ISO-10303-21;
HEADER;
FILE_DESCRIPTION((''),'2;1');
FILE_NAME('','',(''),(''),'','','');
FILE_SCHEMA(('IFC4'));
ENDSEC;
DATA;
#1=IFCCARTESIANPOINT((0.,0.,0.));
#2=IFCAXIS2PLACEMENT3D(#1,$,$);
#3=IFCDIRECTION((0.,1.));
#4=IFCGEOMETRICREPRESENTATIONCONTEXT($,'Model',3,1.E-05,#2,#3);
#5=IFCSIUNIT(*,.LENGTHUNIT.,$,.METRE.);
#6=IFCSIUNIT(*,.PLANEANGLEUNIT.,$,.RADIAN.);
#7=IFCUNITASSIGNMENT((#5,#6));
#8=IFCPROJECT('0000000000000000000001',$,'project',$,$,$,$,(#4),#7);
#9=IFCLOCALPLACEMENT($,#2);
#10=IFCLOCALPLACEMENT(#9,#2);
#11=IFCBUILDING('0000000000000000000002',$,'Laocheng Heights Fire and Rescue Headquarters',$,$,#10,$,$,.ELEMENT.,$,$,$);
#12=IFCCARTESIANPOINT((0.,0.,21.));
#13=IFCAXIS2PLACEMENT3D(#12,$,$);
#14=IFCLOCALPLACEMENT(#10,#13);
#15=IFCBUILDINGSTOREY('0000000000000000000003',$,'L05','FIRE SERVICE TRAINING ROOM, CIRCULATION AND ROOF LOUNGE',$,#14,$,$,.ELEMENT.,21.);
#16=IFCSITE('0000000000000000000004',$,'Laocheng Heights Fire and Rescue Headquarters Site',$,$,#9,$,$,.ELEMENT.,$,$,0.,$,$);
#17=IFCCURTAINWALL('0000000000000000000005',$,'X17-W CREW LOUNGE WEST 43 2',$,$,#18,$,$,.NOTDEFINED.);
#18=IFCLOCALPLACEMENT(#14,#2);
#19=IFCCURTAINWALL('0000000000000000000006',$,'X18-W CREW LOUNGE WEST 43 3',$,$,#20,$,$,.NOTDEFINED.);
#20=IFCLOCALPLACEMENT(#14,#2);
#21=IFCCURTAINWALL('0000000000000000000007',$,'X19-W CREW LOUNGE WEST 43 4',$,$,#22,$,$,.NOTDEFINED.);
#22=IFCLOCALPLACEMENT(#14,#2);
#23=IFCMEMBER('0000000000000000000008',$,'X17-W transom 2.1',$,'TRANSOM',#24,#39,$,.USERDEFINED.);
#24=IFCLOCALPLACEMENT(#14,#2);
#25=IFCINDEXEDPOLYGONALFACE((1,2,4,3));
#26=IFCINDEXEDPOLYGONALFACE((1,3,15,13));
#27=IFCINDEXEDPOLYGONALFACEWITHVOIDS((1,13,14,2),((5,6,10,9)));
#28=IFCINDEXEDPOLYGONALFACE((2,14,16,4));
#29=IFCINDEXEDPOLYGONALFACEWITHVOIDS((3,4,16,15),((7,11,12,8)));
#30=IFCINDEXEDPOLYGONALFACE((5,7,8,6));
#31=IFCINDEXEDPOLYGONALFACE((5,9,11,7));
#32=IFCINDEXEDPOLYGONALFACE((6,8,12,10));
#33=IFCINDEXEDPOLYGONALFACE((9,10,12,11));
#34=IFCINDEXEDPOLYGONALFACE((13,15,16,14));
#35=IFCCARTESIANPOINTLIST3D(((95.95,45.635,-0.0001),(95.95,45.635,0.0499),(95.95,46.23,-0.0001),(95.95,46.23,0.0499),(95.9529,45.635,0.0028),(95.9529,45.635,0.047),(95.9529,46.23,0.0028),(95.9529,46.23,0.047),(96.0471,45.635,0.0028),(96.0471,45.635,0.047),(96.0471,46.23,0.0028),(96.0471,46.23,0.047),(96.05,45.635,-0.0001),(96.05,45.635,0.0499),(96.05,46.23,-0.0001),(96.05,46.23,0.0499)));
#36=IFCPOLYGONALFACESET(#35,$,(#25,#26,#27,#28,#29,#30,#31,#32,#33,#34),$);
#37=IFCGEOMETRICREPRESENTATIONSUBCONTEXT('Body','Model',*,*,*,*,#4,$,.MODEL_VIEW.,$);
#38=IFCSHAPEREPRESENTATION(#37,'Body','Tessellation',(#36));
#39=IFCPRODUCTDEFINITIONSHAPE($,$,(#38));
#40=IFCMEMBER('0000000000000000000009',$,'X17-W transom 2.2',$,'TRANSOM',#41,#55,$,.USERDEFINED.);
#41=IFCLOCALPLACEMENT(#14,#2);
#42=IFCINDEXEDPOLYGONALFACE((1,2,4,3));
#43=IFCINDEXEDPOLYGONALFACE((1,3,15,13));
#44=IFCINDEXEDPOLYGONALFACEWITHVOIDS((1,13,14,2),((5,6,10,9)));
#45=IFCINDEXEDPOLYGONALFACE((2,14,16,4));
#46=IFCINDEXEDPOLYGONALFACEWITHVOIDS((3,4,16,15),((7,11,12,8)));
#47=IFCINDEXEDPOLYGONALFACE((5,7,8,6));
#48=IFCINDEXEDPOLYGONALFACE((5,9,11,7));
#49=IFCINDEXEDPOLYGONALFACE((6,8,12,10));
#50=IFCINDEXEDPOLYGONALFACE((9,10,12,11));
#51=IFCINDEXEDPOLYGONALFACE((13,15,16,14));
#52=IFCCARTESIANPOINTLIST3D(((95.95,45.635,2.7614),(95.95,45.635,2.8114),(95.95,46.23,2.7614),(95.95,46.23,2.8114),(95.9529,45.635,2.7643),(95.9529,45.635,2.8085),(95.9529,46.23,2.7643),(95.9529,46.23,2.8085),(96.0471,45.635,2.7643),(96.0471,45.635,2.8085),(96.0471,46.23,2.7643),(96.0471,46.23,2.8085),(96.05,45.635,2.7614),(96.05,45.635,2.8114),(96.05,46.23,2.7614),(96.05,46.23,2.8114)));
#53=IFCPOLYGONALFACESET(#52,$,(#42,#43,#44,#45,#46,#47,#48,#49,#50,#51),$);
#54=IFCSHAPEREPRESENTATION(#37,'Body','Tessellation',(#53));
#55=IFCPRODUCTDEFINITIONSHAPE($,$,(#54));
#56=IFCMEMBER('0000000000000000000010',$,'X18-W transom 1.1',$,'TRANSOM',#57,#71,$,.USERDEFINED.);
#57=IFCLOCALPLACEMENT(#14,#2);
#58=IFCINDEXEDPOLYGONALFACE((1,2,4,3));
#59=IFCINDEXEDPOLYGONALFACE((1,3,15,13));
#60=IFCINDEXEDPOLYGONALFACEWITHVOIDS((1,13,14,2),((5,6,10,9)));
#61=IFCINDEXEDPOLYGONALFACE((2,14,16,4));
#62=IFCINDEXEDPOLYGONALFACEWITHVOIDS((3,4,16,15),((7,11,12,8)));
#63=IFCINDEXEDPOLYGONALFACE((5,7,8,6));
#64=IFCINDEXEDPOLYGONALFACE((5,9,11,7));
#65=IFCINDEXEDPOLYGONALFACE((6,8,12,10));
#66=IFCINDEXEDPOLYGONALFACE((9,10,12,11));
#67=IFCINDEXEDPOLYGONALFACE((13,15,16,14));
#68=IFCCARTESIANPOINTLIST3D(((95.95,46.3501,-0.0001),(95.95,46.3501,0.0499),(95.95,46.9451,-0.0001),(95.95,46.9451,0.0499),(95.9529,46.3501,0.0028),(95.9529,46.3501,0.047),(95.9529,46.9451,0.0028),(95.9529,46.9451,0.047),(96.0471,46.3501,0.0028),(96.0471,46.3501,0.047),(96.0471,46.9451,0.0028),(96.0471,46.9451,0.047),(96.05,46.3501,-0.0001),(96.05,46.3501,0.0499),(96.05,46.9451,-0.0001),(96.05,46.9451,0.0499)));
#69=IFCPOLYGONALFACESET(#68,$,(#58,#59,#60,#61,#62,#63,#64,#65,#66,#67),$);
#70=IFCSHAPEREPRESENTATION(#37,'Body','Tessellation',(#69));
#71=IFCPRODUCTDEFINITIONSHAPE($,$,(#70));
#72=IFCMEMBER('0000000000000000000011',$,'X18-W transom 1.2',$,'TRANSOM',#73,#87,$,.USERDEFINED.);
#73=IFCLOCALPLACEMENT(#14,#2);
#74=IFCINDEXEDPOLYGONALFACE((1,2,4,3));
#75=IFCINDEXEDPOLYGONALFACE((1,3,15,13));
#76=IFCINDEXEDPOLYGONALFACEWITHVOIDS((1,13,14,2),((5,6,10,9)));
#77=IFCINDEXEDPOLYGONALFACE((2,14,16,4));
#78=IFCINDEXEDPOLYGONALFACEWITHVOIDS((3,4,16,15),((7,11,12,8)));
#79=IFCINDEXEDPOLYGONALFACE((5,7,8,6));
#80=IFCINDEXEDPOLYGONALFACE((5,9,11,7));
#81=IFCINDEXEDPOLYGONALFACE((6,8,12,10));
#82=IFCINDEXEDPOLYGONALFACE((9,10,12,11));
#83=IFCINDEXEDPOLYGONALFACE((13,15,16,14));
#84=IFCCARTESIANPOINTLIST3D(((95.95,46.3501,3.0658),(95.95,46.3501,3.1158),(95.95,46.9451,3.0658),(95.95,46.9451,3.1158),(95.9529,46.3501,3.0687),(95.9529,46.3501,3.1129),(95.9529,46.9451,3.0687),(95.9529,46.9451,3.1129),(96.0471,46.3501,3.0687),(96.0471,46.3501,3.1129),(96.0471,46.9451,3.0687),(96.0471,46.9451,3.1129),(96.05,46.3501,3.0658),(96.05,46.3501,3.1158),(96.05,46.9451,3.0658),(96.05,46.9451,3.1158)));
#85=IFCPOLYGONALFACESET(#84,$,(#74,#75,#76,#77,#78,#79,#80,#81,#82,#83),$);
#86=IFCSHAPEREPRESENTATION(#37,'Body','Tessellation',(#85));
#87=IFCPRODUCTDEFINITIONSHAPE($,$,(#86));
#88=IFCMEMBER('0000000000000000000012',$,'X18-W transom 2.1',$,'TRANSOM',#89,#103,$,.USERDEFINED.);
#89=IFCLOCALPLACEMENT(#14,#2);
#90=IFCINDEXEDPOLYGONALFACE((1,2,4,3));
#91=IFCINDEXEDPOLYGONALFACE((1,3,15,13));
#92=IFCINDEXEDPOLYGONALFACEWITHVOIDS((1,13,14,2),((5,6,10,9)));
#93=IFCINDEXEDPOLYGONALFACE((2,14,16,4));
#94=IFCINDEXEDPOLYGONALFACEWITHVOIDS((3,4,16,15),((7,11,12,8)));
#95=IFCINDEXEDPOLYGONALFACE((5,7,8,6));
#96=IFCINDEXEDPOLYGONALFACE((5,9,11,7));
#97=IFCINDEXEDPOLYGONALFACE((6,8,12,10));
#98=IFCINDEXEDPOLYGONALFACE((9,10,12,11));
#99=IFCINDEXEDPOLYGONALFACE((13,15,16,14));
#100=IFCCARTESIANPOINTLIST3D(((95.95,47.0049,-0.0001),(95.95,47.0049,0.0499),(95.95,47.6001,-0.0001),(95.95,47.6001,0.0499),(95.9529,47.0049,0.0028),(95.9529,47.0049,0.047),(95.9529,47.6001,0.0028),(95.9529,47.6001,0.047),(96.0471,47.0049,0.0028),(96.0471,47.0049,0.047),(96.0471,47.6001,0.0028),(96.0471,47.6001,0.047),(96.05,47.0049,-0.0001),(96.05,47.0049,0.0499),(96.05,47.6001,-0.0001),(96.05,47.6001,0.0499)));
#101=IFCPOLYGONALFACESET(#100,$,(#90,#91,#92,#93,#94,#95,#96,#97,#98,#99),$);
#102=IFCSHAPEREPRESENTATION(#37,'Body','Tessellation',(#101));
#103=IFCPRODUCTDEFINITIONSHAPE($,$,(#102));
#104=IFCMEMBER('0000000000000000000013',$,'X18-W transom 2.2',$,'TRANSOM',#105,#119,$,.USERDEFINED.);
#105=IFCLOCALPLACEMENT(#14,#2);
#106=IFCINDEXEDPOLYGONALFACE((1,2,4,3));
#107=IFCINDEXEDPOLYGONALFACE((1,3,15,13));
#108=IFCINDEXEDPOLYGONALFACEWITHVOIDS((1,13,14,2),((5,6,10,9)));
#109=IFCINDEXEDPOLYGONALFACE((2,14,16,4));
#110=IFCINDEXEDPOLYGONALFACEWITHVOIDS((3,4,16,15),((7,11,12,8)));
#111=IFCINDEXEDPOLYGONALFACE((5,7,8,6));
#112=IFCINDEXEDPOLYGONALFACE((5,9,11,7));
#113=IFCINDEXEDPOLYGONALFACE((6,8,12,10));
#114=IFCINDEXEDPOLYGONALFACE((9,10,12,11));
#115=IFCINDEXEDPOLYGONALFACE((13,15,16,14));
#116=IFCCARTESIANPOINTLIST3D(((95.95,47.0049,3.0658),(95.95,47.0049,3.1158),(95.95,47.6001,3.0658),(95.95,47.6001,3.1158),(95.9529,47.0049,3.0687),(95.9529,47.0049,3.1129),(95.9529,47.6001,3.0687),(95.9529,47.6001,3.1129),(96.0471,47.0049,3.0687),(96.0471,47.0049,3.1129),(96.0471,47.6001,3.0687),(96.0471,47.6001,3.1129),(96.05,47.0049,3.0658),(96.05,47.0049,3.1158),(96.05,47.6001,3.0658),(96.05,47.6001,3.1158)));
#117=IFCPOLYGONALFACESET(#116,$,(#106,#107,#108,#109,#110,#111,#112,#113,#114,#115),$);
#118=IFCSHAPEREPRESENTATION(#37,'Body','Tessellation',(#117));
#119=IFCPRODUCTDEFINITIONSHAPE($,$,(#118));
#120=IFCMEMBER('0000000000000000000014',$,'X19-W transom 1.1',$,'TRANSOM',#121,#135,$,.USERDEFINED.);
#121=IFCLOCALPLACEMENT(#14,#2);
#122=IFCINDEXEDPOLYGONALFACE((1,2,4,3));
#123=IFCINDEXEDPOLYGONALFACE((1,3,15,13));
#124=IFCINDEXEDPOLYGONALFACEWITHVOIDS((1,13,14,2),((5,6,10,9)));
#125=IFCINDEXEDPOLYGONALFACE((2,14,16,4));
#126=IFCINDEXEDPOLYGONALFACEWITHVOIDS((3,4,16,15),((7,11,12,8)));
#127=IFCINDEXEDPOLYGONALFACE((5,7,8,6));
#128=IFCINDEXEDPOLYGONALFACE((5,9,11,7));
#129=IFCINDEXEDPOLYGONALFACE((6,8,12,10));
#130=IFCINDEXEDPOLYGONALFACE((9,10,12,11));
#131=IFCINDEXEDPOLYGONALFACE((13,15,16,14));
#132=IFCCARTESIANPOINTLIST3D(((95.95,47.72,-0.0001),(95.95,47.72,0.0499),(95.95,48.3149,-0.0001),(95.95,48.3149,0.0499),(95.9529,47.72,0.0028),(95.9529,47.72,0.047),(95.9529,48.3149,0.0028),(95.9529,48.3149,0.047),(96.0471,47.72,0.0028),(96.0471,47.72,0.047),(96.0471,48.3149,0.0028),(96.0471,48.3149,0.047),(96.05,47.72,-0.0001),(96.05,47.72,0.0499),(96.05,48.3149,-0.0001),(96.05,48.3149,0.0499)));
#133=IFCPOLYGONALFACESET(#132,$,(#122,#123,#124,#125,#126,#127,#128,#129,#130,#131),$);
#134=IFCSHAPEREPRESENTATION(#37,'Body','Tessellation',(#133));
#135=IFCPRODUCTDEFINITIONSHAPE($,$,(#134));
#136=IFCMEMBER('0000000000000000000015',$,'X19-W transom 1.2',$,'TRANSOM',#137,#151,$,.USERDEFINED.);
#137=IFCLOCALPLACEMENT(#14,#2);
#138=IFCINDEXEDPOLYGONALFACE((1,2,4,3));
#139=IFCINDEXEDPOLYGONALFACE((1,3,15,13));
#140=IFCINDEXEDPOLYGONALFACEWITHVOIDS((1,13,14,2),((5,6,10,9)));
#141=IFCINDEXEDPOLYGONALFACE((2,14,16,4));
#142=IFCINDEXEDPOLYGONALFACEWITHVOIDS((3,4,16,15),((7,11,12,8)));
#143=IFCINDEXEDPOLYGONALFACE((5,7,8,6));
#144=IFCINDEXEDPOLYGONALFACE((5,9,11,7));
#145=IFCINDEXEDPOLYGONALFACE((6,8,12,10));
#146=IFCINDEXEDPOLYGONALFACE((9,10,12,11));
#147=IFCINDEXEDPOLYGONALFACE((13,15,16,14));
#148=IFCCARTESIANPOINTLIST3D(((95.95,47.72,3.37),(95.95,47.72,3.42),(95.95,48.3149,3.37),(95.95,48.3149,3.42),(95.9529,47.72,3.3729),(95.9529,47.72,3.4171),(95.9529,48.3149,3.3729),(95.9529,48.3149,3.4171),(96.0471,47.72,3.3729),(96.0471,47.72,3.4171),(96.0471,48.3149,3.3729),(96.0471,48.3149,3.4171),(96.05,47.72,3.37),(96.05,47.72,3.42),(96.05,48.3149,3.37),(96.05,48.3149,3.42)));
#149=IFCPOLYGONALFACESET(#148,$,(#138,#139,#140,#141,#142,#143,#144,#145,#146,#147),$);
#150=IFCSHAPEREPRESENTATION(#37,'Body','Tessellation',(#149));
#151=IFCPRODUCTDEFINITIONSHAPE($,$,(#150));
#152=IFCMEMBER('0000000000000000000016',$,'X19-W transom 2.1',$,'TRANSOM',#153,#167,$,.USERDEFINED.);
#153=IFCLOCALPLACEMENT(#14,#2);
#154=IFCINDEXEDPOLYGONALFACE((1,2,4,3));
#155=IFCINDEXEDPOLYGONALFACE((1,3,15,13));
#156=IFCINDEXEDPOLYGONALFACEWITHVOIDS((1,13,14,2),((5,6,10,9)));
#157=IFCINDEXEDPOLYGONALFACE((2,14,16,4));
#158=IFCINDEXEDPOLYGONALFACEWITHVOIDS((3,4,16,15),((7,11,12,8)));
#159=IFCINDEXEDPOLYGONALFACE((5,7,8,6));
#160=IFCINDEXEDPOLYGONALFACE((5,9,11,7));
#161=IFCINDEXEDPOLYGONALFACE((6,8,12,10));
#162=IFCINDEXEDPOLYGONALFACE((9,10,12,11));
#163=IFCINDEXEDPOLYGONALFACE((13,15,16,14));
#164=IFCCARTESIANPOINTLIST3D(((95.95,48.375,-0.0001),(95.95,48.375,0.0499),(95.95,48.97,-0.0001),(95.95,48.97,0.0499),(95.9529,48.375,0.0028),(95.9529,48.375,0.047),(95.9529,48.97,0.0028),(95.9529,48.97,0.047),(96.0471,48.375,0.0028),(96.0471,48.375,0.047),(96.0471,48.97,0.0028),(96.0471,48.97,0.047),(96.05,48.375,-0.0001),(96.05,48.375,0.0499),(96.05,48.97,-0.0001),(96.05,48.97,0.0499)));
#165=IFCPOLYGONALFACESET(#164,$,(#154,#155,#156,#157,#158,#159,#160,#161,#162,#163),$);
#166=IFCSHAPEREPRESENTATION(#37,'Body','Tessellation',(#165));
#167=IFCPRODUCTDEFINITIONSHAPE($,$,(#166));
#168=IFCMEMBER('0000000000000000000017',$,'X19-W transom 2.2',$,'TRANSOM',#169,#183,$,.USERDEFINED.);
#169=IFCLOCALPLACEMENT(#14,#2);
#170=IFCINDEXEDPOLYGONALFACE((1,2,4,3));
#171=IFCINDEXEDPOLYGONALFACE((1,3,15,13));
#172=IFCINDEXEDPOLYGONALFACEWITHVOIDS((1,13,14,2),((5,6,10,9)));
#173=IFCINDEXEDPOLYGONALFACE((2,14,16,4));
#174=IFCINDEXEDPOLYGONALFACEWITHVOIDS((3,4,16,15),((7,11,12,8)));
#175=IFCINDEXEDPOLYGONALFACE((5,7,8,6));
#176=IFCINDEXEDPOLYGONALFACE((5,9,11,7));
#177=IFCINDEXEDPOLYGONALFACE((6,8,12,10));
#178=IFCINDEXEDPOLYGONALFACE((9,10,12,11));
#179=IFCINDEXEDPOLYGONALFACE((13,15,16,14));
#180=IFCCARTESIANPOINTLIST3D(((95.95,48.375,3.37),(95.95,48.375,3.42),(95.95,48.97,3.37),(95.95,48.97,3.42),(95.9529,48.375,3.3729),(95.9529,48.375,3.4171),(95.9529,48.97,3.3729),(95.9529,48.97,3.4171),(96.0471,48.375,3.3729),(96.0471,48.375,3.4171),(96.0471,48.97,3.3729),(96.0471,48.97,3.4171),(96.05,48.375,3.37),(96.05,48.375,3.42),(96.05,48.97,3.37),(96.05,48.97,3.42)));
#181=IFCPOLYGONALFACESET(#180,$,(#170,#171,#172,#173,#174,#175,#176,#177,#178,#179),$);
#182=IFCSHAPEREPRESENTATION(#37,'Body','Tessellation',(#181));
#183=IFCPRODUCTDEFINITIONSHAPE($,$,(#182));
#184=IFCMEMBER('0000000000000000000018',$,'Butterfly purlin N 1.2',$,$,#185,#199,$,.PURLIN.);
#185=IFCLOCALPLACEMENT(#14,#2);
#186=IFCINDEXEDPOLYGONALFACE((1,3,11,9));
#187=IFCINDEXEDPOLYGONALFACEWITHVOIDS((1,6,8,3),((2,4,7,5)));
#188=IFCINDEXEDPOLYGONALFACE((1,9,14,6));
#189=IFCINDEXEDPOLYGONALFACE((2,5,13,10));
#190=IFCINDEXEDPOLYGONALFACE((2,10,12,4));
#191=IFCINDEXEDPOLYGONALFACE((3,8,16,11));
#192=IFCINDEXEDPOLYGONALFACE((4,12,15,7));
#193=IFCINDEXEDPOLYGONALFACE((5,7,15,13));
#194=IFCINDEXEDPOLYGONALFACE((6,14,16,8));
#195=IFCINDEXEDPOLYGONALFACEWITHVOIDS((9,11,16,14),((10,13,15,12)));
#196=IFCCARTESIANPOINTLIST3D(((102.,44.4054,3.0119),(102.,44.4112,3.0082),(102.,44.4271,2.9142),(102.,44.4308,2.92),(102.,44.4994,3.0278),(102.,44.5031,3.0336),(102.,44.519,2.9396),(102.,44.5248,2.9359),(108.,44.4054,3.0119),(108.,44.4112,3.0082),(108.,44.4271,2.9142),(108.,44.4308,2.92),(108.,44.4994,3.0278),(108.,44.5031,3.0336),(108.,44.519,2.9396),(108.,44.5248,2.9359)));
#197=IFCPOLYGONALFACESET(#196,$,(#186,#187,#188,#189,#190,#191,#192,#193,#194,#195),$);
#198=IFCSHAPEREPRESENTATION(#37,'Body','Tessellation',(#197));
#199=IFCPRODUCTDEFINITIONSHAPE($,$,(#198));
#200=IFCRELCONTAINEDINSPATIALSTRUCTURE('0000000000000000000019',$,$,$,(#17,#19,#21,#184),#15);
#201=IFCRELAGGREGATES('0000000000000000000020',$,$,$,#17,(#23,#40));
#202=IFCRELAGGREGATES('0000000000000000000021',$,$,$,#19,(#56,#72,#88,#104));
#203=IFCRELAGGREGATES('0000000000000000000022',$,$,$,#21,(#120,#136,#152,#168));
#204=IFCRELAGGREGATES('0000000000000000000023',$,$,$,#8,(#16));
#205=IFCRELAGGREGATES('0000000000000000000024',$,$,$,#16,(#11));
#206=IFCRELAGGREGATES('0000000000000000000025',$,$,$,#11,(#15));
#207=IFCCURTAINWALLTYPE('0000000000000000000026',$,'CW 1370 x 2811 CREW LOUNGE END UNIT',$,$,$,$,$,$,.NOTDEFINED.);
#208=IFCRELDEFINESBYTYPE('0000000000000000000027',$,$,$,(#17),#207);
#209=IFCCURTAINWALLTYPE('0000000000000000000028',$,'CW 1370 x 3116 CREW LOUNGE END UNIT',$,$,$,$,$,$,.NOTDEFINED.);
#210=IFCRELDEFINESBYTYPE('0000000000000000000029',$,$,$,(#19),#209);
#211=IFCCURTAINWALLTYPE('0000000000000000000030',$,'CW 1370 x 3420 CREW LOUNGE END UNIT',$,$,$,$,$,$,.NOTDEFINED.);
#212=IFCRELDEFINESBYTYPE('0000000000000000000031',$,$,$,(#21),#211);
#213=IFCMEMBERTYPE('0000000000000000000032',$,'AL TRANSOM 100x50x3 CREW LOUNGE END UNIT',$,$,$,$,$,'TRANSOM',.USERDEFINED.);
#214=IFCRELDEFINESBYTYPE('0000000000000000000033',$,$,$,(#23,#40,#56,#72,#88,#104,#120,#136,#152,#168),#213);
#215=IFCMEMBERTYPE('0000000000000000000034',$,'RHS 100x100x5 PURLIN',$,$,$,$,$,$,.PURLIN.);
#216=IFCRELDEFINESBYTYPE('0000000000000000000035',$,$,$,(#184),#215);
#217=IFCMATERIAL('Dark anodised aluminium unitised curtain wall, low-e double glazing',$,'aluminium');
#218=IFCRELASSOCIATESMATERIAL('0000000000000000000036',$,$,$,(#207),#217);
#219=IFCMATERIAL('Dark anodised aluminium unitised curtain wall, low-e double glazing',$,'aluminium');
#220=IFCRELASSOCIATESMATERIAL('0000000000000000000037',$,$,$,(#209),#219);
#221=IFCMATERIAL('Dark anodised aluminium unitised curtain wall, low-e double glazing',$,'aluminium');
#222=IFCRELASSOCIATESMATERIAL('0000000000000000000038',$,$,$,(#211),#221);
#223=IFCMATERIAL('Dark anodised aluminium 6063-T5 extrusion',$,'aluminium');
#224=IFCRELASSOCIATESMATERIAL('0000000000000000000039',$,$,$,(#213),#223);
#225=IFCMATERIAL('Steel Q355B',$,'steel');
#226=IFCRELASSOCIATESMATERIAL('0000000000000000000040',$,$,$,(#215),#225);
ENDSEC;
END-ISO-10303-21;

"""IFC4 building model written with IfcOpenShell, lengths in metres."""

from ifc_helpers import new_model, si_unit, direction, frame, origin, origin_2d, place, context, subcontext, project, spatial, hollow_rectangle, extrude, material, material_profile, profile_set, type_object, element, aggregate, save


model = new_model("IFC4")

# Units and contexts
model_context = context("Model", 3, precision=1e-05, world=origin(), true_north=direction((0.0, 1.0)))
body_context = subcontext(model_context, "Body", "Model", "MODEL_VIEW")
ifc_project = project(units=[si_unit("LENGTHUNIT", "METRE"), si_unit("PLANEANGLEUNIT", "RADIAN")], contexts=[model_context])

# Site, building, storey
site_placement = place(None, origin())
site = spatial("IfcSite", under=ifc_project, at=site_placement, Name="Laocheng Heights Fire and Rescue Headquarters Site", CompositionType="ELEMENT", RefElevation=0.0)
building_placement = place(site_placement, origin())
building = spatial("IfcBuilding", under=site, at=building_placement, Name="Laocheng Heights Fire and Rescue Headquarters", CompositionType="ELEMENT")
storey_placement = place(building_placement, frame((0.0, 0.0, 21.0)))
storey = spatial("IfcBuildingStorey", under=building, at=storey_placement, Name="L05", Description="FIRE SERVICE TRAINING ROOM, CIRCULATION AND ROOF LOUNGE", CompositionType="ELEMENT", Elevation=21.0)

# Curtain walls
ifc_material_1 = material(Name="Dark anodised aluminium unitised curtain wall, low-e double glazing", Category="aluminium")
curtain_wall_type_1 = type_object("IfcCurtainWallType", Name="CW 1370 x 2811 CREW LOUNGE END UNIT", PredefinedType="NOTDEFINED", material=ifc_material_1)
curtain_wall_1_placement = place(storey_placement, origin())
curtain_wall_1 = element("IfcCurtainWall", 1, at=curtain_wall_1_placement, inside=storey, type_object=curtain_wall_type_1, Name="X17-W CREW LOUNGE WEST 43 2", PredefinedType="NOTDEFINED")
ifc_material_2 = material(Name="Dark anodised aluminium unitised curtain wall, low-e double glazing", Category="aluminium")
curtain_wall_type_2 = type_object("IfcCurtainWallType", Name="CW 1370 x 3116 CREW LOUNGE END UNIT", PredefinedType="NOTDEFINED", material=ifc_material_2)
curtain_wall_2_placement = place(storey_placement, origin())
curtain_wall_2 = element("IfcCurtainWall", 2, at=curtain_wall_2_placement, inside=storey, type_object=curtain_wall_type_2, Name="X18-W CREW LOUNGE WEST 43 3", PredefinedType="NOTDEFINED")
ifc_material_3 = material(Name="Dark anodised aluminium unitised curtain wall, low-e double glazing", Category="aluminium")
curtain_wall_type_3 = type_object("IfcCurtainWallType", Name="CW 1370 x 3420 CREW LOUNGE END UNIT", PredefinedType="NOTDEFINED", material=ifc_material_3)
curtain_wall_3_placement = place(storey_placement, origin())
curtain_wall_3 = element("IfcCurtainWall", 3, at=curtain_wall_3_placement, inside=storey, type_object=curtain_wall_type_3, Name="X19-W CREW LOUNGE WEST 43 4", PredefinedType="NOTDEFINED")

# Members
ifc_material_4 = material(Name="Dark anodised aluminium 6063-T5 extrusion", Category="aluminium")
ifc_material_profile_1 = material_profile(ifc_material_4, hollow_rectangle(XDim=0.1001, YDim=0.05, WallThickness=0.0029, at=origin_2d()), Name="AL TRANSOM 100x50x3 CREW LOUNGE END UNIT")
ifc_profile_set_1 = profile_set([ifc_material_profile_1], Name="Dark anodised aluminium 6063-T5 extrusion")
member_type_1 = type_object("IfcMemberType", Name="AL TRANSOM 100x50x3 CREW LOUNGE END UNIT", ElementType="TRANSOM", PredefinedType="USERDEFINED", material=ifc_profile_set_1)
member_1_placement = place(storey_placement, frame((96.0, 45.635, 0.0249), z_axis=(0.0, 1.0, 0.0), x_axis=(-1.0, 0.0, 0.0)))
member_1 = element("IfcMember", 4, at=member_1_placement, type_object=member_type_1, Name="X17-W transom 2.1", ObjectType="TRANSOM", PredefinedType="USERDEFINED", context=body_context, shape_type="SweptSolid", body=[
    extrude(hollow_rectangle(XDim=0.1001, YDim=0.05, WallThickness=0.0029, at=origin_2d()), origin(), (0.0, 0.0, 1.0), 0.595),
])
member_2_placement = place(storey_placement, frame((96.0, 45.635, 2.7864), z_axis=(0.0, 1.0, 0.0), x_axis=(-1.0, 0.0, 0.0)))
member_2 = element("IfcMember", 5, at=member_2_placement, type_object=member_type_1, Name="X17-W transom 2.2", ObjectType="TRANSOM", PredefinedType="USERDEFINED", context=body_context, shape_type="SweptSolid", body=[
    extrude(hollow_rectangle(XDim=0.1001, YDim=0.05, WallThickness=0.0029, at=origin_2d()), origin(), (0.0, 0.0, 1.0), 0.595),
])
member_3_placement = place(storey_placement, frame((96.0, 46.3501, 0.0249), z_axis=(0.0, 1.0, 0.0), x_axis=(-1.0, 0.0, 0.0)))
member_3 = element("IfcMember", 6, at=member_3_placement, type_object=member_type_1, Name="X18-W transom 1.1", ObjectType="TRANSOM", PredefinedType="USERDEFINED", context=body_context, shape_type="SweptSolid", body=[
    extrude(hollow_rectangle(XDim=0.1001, YDim=0.05, WallThickness=0.0029, at=origin_2d()), origin(), (0.0, 0.0, 1.0), 0.595),
])
member_4_placement = place(storey_placement, frame((96.0, 46.3501, 3.0908), z_axis=(0.0, 1.0, 0.0), x_axis=(-1.0, 0.0, 0.0)))
member_4 = element("IfcMember", 7, at=member_4_placement, type_object=member_type_1, Name="X18-W transom 1.2", ObjectType="TRANSOM", PredefinedType="USERDEFINED", context=body_context, shape_type="SweptSolid", body=[
    extrude(hollow_rectangle(XDim=0.1001, YDim=0.05, WallThickness=0.0029, at=origin_2d()), origin(), (0.0, 0.0, 1.0), 0.595),
])
member_5_placement = place(storey_placement, frame((96.0, 47.0049, 0.0249), z_axis=(0.0, 1.0, 0.0), x_axis=(-1.0, 0.0, 0.0)))
member_5 = element("IfcMember", 8, at=member_5_placement, type_object=member_type_1, Name="X18-W transom 2.1", ObjectType="TRANSOM", PredefinedType="USERDEFINED", context=body_context, shape_type="SweptSolid", body=[
    extrude(hollow_rectangle(XDim=0.1001, YDim=0.05, WallThickness=0.0029, at=origin_2d()), origin(), (0.0, 0.0, 1.0), 0.5952),
])
member_6_placement = place(storey_placement, frame((96.0, 47.0049, 3.0908), z_axis=(0.0, 1.0, 0.0), x_axis=(-1.0, 0.0, 0.0)))
member_6 = element("IfcMember", 9, at=member_6_placement, type_object=member_type_1, Name="X18-W transom 2.2", ObjectType="TRANSOM", PredefinedType="USERDEFINED", context=body_context, shape_type="SweptSolid", body=[
    extrude(hollow_rectangle(XDim=0.1001, YDim=0.05, WallThickness=0.0029, at=origin_2d()), origin(), (0.0, 0.0, 1.0), 0.5952),
])
member_7_placement = place(storey_placement, frame((96.0, 47.72, 0.0249), z_axis=(0.0, 1.0, 0.0), x_axis=(-1.0, 0.0, 0.0)))
member_7 = element("IfcMember", 10, at=member_7_placement, type_object=member_type_1, Name="X19-W transom 1.1", ObjectType="TRANSOM", PredefinedType="USERDEFINED", context=body_context, shape_type="SweptSolid", body=[
    extrude(hollow_rectangle(XDim=0.1001, YDim=0.05, WallThickness=0.0029, at=origin_2d()), origin(), (0.0, 0.0, 1.0), 0.595),
])
member_8_placement = place(storey_placement, frame((96.0, 47.72, 3.395), z_axis=(0.0, 1.0, 0.0), x_axis=(-1.0, 0.0, 0.0)))
member_8 = element("IfcMember", 11, at=member_8_placement, type_object=member_type_1, Name="X19-W transom 1.2", ObjectType="TRANSOM", PredefinedType="USERDEFINED", context=body_context, shape_type="SweptSolid", body=[
    extrude(hollow_rectangle(XDim=0.1001, YDim=0.05, WallThickness=0.0029, at=origin_2d()), origin(), (0.0, 0.0, 1.0), 0.595),
])
member_9_placement = place(storey_placement, frame((96.0, 48.375, 0.0249), z_axis=(0.0, 1.0, 0.0), x_axis=(-1.0, 0.0, 0.0)))
member_9 = element("IfcMember", 12, at=member_9_placement, type_object=member_type_1, Name="X19-W transom 2.1", ObjectType="TRANSOM", PredefinedType="USERDEFINED", context=body_context, shape_type="SweptSolid", body=[
    extrude(hollow_rectangle(XDim=0.1001, YDim=0.05, WallThickness=0.0029, at=origin_2d()), origin(), (0.0, 0.0, 1.0), 0.595),
])
member_10_placement = place(storey_placement, frame((96.0, 48.375, 3.395), z_axis=(0.0, 1.0, 0.0), x_axis=(-1.0, 0.0, 0.0)))
member_10 = element("IfcMember", 13, at=member_10_placement, type_object=member_type_1, Name="X19-W transom 2.2", ObjectType="TRANSOM", PredefinedType="USERDEFINED", context=body_context, shape_type="SweptSolid", body=[
    extrude(hollow_rectangle(XDim=0.1001, YDim=0.05, WallThickness=0.0029, at=origin_2d()), origin(), (0.0, 0.0, 1.0), 0.595),
])

# Member
ifc_material_5 = material(Name="Steel Q355B", Category="steel")
ifc_material_profile_2 = material_profile(ifc_material_5, hollow_rectangle(XDim=0.1001, YDim=0.1001, WallThickness=0.0049, at=origin_2d()), Name="RHS 100x100x5")
ifc_profile_set_2 = profile_set([ifc_material_profile_2], Name="Steel Q355B")
member_type_2 = type_object("IfcMemberType", Name="RHS 100x100x5 PURLIN", PredefinedType="PURLIN", material=ifc_profile_set_2)
for number, where, z_axis, x_axis, name in (
    (14, (102.0, 44.4651, 2.9739), (1.0, 0.0, 0.0), (0.0, 0.976187, 0.21693), "Butterfly purlin N 1.2"),
):
    element("IfcMember", number, at=place(storey_placement, frame(where, z_axis=z_axis, x_axis=x_axis)), inside=storey, type_object=member_type_2, Name=name, PredefinedType="PURLIN", context=body_context, shape_type="SweptSolid", body=[
        extrude(hollow_rectangle(XDim=0.1001, YDim=0.1001, WallThickness=0.0049, at=origin_2d()), origin(), (0.0, 0.0, 1.0), 6.0),
    ])

aggregate(curtain_wall_1, [member_1, member_2])
aggregate(curtain_wall_2, [member_3, member_4, member_5, member_6])
aggregate(curtain_wall_3, [member_7, member_8, member_9, member_10])

save(model, "model.ifc")
